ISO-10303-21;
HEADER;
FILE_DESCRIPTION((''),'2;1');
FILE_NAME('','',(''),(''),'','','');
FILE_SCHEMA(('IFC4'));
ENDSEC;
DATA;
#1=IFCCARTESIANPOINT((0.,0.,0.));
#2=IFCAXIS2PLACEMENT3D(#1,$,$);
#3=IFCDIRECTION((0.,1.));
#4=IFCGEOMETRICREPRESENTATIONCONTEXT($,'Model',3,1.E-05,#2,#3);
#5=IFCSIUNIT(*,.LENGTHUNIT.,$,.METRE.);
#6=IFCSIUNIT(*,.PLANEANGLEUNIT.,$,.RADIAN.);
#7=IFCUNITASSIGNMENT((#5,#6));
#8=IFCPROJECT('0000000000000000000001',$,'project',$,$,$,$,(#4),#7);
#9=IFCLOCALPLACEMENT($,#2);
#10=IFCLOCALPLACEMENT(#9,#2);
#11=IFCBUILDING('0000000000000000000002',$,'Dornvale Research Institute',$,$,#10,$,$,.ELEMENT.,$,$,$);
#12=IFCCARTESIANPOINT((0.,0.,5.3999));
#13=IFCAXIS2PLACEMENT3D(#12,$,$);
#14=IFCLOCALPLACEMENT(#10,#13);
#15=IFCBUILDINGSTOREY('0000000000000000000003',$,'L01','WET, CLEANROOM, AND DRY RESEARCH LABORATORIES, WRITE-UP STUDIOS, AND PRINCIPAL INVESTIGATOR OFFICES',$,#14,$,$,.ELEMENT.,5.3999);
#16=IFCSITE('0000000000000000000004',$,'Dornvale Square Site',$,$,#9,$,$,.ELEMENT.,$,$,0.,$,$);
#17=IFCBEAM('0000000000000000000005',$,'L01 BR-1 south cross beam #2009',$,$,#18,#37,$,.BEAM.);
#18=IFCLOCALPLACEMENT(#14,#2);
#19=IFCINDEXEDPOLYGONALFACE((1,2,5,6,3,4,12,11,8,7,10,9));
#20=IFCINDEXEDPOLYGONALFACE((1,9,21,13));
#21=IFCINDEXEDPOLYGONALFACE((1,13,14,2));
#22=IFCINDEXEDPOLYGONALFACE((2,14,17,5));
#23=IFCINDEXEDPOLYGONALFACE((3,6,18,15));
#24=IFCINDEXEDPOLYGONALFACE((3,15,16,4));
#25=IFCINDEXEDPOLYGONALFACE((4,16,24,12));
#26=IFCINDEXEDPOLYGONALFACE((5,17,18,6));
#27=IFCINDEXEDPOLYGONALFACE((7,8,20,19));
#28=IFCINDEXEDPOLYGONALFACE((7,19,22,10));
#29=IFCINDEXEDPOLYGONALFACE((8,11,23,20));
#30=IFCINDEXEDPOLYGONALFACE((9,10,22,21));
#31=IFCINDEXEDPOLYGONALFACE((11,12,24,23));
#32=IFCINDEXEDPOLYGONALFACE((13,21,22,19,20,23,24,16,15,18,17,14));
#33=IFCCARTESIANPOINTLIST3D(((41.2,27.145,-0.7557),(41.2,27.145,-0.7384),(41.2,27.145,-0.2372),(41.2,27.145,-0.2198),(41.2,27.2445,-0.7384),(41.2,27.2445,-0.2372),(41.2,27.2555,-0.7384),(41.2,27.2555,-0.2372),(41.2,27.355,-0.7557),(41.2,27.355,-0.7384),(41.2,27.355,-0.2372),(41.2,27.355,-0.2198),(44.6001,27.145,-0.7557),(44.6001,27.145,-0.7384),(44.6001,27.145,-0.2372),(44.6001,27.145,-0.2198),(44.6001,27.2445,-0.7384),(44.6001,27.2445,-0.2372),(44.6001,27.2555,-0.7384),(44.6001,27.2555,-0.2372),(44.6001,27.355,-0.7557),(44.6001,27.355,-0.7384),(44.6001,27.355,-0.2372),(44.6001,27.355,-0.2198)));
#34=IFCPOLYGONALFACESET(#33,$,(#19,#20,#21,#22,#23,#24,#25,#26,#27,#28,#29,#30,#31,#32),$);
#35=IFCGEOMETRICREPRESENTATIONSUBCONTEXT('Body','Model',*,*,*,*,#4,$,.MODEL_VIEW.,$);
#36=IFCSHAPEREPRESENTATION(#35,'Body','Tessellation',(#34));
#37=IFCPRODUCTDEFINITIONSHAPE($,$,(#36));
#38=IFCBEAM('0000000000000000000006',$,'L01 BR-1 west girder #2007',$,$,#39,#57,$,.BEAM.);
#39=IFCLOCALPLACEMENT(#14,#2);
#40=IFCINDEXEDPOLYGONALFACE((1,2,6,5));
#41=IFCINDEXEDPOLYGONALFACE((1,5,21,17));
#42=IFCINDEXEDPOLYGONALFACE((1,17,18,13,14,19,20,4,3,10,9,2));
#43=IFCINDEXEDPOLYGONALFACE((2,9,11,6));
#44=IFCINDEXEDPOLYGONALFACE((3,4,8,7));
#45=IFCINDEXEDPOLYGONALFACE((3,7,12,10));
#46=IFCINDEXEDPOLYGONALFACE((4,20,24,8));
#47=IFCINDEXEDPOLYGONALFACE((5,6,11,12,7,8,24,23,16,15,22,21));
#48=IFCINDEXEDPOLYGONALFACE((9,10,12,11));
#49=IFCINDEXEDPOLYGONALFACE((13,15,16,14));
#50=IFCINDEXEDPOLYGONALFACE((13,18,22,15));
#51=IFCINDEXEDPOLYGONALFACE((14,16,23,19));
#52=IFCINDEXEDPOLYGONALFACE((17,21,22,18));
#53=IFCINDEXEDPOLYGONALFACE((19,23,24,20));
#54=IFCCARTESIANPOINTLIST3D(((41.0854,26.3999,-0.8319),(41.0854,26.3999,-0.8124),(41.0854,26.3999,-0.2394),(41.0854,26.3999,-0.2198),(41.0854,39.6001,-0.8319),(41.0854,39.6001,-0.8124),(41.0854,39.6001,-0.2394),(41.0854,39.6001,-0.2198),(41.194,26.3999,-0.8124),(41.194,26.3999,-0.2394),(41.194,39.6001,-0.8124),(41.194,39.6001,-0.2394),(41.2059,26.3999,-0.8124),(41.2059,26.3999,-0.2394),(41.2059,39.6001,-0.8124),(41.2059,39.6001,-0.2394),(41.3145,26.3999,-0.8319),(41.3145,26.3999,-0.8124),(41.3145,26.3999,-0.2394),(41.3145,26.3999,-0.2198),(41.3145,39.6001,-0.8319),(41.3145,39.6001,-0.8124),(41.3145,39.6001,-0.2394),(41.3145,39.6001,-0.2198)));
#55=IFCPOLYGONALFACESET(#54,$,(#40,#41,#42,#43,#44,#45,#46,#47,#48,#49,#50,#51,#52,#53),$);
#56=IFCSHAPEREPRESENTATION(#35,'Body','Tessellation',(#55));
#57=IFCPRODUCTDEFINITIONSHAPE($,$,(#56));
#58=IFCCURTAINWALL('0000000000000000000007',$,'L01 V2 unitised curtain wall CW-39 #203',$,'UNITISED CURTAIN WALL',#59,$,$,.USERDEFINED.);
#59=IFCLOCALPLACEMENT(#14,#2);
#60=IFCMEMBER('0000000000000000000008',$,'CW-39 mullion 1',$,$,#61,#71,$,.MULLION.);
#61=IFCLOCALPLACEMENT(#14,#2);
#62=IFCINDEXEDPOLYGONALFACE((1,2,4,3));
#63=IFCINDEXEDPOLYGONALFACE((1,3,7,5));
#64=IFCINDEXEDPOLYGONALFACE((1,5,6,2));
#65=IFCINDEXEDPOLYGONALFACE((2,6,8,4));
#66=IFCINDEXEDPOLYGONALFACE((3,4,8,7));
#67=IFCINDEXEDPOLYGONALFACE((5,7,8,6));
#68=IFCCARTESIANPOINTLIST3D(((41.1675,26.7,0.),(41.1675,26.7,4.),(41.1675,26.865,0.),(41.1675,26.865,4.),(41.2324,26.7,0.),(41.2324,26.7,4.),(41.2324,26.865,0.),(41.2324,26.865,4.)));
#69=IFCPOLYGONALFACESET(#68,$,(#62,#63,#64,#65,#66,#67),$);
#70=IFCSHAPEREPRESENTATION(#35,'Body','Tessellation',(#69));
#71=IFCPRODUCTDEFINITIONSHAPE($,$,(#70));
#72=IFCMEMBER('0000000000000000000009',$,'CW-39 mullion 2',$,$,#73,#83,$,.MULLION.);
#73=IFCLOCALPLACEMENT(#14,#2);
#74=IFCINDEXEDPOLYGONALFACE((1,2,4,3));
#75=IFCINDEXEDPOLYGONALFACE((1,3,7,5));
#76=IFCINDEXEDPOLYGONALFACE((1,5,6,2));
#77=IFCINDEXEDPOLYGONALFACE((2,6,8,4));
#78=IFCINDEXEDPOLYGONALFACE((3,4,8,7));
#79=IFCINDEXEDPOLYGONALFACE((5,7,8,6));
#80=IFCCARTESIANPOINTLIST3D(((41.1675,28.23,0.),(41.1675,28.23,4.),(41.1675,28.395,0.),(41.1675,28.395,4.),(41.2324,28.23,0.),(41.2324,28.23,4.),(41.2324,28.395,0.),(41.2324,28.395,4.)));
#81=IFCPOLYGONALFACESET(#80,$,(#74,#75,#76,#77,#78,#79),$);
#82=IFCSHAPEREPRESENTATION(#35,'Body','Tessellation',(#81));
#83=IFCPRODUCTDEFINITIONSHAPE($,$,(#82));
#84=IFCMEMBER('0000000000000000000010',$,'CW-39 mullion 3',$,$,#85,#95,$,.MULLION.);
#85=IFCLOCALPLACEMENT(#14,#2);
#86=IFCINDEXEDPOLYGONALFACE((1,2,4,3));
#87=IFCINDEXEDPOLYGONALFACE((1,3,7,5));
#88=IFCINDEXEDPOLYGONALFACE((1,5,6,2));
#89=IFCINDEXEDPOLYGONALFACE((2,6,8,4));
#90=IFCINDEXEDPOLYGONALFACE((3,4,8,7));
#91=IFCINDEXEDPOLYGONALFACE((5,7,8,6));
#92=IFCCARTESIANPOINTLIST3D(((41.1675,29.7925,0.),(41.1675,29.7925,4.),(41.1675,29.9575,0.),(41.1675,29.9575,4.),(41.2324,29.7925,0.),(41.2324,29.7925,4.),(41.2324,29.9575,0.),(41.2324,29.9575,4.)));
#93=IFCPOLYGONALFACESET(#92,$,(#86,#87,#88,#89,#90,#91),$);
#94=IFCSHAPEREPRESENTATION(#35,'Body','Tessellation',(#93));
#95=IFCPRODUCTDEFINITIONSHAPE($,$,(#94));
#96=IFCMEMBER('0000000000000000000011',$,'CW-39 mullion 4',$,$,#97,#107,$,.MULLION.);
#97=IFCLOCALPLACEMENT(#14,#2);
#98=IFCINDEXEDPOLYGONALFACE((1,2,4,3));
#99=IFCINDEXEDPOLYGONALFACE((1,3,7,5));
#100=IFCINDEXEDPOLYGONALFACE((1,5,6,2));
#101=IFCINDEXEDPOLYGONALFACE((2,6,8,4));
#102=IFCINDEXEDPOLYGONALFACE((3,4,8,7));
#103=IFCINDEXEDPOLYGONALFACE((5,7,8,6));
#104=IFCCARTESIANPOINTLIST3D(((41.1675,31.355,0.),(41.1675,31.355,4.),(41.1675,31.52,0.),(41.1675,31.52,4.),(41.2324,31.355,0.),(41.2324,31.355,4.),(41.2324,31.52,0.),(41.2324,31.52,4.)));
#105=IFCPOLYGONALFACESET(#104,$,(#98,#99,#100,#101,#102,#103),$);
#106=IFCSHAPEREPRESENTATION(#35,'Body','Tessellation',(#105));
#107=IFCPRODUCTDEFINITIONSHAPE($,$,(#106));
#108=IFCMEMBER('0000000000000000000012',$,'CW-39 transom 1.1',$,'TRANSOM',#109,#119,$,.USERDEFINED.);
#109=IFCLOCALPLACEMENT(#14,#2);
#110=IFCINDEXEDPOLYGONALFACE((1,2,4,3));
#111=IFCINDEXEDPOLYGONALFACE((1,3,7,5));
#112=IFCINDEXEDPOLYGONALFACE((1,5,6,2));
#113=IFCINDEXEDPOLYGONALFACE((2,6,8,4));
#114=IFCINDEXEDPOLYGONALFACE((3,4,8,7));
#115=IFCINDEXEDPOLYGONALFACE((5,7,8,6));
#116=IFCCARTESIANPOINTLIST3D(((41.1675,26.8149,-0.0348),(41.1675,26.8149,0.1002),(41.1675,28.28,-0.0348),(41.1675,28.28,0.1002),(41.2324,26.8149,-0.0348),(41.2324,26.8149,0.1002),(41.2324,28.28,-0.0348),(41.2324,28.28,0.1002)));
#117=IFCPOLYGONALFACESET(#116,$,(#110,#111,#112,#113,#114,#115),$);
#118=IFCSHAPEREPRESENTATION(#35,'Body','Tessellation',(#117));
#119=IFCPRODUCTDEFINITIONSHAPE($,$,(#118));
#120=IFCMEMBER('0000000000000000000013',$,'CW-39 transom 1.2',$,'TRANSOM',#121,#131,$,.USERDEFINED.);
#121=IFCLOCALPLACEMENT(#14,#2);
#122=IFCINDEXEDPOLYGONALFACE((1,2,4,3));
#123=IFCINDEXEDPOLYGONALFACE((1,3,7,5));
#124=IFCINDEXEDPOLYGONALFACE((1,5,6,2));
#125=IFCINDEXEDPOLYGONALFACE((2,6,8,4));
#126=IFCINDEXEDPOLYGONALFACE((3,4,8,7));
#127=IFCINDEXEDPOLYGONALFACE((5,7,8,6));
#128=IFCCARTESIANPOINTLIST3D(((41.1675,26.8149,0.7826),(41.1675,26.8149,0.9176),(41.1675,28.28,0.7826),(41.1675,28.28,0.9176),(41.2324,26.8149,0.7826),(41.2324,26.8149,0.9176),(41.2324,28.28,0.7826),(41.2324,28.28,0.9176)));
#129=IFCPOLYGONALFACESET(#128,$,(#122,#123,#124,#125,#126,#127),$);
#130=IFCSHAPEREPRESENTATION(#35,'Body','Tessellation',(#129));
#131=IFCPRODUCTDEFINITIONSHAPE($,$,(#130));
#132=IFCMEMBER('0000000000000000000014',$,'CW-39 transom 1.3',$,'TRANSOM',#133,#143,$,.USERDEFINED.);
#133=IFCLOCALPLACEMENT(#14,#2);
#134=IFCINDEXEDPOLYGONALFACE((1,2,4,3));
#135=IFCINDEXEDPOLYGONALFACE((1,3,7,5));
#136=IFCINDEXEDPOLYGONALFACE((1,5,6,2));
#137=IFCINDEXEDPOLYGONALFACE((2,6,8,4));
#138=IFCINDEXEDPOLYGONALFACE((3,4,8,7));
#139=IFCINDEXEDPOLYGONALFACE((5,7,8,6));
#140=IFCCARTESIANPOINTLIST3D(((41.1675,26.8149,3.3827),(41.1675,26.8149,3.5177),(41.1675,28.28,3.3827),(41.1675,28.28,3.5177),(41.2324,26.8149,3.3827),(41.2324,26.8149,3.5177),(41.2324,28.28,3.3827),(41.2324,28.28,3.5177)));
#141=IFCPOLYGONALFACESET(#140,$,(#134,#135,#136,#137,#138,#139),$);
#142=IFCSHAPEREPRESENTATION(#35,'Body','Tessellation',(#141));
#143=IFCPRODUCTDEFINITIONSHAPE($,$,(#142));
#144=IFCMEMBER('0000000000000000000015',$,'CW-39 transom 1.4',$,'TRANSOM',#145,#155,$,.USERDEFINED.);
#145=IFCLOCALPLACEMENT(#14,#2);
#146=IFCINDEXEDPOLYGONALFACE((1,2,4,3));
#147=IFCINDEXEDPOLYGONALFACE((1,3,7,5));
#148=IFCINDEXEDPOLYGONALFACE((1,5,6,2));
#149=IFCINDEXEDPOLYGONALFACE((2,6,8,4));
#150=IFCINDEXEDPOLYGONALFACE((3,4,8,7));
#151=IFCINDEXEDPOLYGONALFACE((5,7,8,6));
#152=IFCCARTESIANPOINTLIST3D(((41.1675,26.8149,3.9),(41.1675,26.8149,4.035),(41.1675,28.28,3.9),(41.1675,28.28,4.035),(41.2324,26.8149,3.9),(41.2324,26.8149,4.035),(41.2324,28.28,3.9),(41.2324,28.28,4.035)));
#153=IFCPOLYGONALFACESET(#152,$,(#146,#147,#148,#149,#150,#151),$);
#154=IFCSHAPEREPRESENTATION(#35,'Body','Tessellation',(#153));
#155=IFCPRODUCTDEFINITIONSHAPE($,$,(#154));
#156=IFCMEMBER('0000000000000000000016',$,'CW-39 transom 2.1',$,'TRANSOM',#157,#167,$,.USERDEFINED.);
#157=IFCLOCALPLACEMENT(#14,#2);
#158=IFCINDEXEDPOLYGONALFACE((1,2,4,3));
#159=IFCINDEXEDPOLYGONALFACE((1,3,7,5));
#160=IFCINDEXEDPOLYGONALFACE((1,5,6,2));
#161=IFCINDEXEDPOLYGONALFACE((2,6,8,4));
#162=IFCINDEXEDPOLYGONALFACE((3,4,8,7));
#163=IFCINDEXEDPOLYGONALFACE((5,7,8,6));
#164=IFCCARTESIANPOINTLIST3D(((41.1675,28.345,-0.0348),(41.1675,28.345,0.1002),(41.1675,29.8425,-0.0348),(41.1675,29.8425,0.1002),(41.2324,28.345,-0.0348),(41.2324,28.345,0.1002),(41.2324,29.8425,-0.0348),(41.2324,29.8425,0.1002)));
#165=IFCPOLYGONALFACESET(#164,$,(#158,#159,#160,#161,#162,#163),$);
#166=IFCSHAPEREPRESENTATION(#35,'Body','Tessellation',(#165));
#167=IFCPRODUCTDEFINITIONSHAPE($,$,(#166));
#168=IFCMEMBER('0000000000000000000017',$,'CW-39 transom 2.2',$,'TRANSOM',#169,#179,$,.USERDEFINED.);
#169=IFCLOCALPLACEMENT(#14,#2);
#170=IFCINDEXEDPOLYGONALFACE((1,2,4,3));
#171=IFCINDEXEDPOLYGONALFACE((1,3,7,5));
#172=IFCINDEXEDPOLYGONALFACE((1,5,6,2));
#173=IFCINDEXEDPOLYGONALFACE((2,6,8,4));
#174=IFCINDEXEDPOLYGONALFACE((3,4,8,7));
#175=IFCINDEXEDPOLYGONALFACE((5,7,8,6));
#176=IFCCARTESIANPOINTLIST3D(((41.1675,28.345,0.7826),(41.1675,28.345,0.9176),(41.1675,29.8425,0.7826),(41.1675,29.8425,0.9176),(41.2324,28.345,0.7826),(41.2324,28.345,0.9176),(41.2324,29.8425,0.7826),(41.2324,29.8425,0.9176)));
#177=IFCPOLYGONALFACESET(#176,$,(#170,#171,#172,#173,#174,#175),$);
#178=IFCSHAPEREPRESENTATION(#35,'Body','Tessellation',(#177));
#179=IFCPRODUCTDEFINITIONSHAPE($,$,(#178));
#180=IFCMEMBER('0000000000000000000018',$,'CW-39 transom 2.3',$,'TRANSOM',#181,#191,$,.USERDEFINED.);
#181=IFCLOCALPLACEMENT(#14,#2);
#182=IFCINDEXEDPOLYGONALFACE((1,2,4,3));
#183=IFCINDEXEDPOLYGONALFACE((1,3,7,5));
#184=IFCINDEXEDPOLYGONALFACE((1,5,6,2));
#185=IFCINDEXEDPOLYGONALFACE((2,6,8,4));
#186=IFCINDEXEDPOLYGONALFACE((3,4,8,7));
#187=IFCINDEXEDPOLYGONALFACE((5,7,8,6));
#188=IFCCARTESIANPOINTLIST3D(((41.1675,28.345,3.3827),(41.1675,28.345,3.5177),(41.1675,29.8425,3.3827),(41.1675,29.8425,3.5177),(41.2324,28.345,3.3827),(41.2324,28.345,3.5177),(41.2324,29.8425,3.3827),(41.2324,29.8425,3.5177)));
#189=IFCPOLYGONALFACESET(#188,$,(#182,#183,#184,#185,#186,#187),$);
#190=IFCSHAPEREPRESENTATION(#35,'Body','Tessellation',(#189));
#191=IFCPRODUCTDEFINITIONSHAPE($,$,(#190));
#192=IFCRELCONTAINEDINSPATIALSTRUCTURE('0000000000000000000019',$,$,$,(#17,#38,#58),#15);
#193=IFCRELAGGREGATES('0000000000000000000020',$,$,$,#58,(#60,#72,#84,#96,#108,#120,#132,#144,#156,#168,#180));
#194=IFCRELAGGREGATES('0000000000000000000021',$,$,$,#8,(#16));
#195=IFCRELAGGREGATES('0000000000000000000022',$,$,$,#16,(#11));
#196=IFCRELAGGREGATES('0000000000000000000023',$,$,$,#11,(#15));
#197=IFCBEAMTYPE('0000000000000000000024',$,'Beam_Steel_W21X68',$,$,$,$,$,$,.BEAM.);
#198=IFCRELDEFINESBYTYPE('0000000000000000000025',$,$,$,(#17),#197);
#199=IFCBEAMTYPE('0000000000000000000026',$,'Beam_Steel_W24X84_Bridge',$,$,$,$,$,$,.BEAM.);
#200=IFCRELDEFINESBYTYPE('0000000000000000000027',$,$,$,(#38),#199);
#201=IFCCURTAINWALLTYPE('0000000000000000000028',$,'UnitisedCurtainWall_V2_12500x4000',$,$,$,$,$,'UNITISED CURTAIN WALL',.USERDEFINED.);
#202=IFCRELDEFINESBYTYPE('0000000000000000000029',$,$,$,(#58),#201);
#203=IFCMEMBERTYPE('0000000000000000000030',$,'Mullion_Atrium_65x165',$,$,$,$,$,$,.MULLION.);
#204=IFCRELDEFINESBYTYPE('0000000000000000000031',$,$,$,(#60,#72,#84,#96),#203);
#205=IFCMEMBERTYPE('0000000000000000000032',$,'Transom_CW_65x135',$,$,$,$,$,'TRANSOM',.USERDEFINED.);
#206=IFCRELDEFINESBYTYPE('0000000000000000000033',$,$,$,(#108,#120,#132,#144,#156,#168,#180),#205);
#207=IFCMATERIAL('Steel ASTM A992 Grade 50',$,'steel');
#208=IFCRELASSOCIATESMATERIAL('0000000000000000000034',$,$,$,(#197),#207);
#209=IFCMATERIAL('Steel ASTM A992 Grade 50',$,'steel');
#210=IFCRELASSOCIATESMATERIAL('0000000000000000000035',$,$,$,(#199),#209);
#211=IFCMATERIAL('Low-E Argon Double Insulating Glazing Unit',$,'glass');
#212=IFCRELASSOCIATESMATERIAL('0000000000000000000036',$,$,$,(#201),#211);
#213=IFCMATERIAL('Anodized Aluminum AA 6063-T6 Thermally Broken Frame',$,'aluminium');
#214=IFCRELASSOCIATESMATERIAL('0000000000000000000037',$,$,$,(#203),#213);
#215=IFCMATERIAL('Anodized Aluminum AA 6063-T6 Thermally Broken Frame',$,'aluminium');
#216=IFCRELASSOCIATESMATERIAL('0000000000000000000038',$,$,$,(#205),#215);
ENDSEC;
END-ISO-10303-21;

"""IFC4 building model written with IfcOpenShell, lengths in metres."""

from ifc_helpers import new_model, si_unit, direction, frame, origin, origin_2d, place, context, subcontext, project, spatial, rectangle, i_section, extrude, material, material_profile, profile_set, type_object, element, aggregate, save


model = new_model("IFC4")

# Units and contexts
model_context = context("Model", 3, precision=1e-05, world=origin(), true_north=direction((0.0, 1.0)))
body_context = subcontext(model_context, "Body", "Model", "MODEL_VIEW")
ifc_project = project(units=[si_unit("LENGTHUNIT", "METRE"), si_unit("PLANEANGLEUNIT", "RADIAN")], contexts=[model_context])

# Site, building, storey
site_placement = place(None, origin())
site = spatial("IfcSite", under=ifc_project, at=site_placement, Name="Dornvale Square Site", CompositionType="ELEMENT", RefElevation=0.0)
building_placement = place(site_placement, origin())
building = spatial("IfcBuilding", under=site, at=building_placement, Name="Dornvale Research Institute", CompositionType="ELEMENT")
storey_placement = place(building_placement, frame((0.0, 0.0, 5.3999)))
storey = spatial("IfcBuildingStorey", under=building, at=storey_placement, Name="L01", Description="WET, CLEANROOM, AND DRY RESEARCH LABORATORIES, WRITE-UP STUDIOS, AND PRINCIPAL INVESTIGATOR OFFICES", CompositionType="ELEMENT", Elevation=5.3999)

# Beams
ifc_material_1 = material(Name="Steel ASTM A992 Grade 50", Category="steel")
ifc_material_profile_1 = material_profile(ifc_material_1, i_section(OverallWidth=0.21, OverallDepth=0.5359, WebThickness=0.011, FlangeThickness=0.0173, at=origin_2d()), Name="W21X68")
ifc_profile_set_1 = profile_set([ifc_material_profile_1], Name="Steel ASTM A992 Grade 50")
beam_type_1 = type_object("IfcBeamType", Name="Beam_Steel_W21X68", PredefinedType="BEAM", material=ifc_profile_set_1)
beam_1_placement = place(storey_placement, frame((41.2, 27.25, -0.4878), z_axis=(1.0, 0.0, 0.0), x_axis=(0.0, 1.0, 0.0)))
element("IfcBeam", 1, at=beam_1_placement, inside=storey, type_object=beam_type_1, Name="L01 BR-1 south cross beam #2009", PredefinedType="BEAM", context=body_context, shape_type="SweptSolid", body=[
    extrude(i_section(OverallWidth=0.21, OverallDepth=0.5359, WebThickness=0.011, FlangeThickness=0.0173, at=origin_2d()), origin(), (0.0, 0.0, 1.0), 3.4001),
])
ifc_material_2 = material(Name="Steel ASTM A992 Grade 50", Category="steel")
ifc_material_profile_2 = material_profile(ifc_material_2, i_section(OverallWidth=0.229, OverallDepth=0.6121, WebThickness=0.012, FlangeThickness=0.0195, at=origin_2d()), Name="W24X84")
ifc_profile_set_2 = profile_set([ifc_material_profile_2], Name="Steel ASTM A992 Grade 50")
beam_type_2 = type_object("IfcBeamType", Name="Beam_Steel_W24X84_Bridge", PredefinedType="BEAM", material=ifc_profile_set_2)
beam_2_placement = place(storey_placement, frame((41.2, 26.3999, -0.5259), z_axis=(0.0, 1.0, 0.0), x_axis=(-1.0, 0.0, 0.0)))
element("IfcBeam", 2, at=beam_2_placement, inside=storey, type_object=beam_type_2, Name="L01 BR-1 west girder #2007", PredefinedType="BEAM", context=body_context, shape_type="SweptSolid", body=[
    extrude(i_section(OverallWidth=0.229, OverallDepth=0.6121, WebThickness=0.012, FlangeThickness=0.0195, at=origin_2d()), origin(), (0.0, 0.0, 1.0), 13.2002),
])

# Curtain wall, members
ifc_material_3 = material(Name="Low-E Argon Double Insulating Glazing Unit", Category="glass")
curtain_wall_type = type_object("IfcCurtainWallType", Name="UnitisedCurtainWall_V2_12500x4000", ElementType="UNITISED CURTAIN WALL", PredefinedType="USERDEFINED", material=ifc_material_3)
curtain_wall_placement = place(storey_placement, origin())
curtain_wall = element("IfcCurtainWall", 3, at=curtain_wall_placement, inside=storey, type_object=curtain_wall_type, Name="L01 V2 unitised curtain wall CW-39 #203", ObjectType="UNITISED CURTAIN WALL", PredefinedType="USERDEFINED")
ifc_material_4 = material(Name="Anodized Aluminum AA 6063-T6 Thermally Broken Frame", Category="aluminium")
ifc_material_profile_3 = material_profile(ifc_material_4, rectangle(XDim=0.0649, YDim=0.165, at=origin_2d()), Name="ALU MULLION 65x165")
ifc_profile_set_3 = profile_set([ifc_material_profile_3], Name="Anodized Aluminum AA 6063-T6 Thermally Broken Frame")
member_type_1 = type_object("IfcMemberType", Name="Mullion_Atrium_65x165", PredefinedType="MULLION", material=ifc_profile_set_3)
member_1_placement = place(storey_placement, frame((41.2, 26.7825, 0.0), z_axis=(0.0, 0.0, 1.0), x_axis=(-1.0, 0.0, 0.0)))
member_1 = element("IfcMember", 4, at=member_1_placement, type_object=member_type_1, Name="CW-39 mullion 1", PredefinedType="MULLION", context=body_context, shape_type="SweptSolid", body=[
    extrude(rectangle(XDim=0.0649, YDim=0.165, at=origin_2d()), origin(), (0.0, 0.0, 1.0), 4.0),
])
member_2_placement = place(storey_placement, frame((41.2, 28.3125, 0.0), z_axis=(0.0, 0.0, 1.0), x_axis=(-1.0, 0.0, 0.0)))
member_2 = element("IfcMember", 5, at=member_2_placement, type_object=member_type_1, Name="CW-39 mullion 2", PredefinedType="MULLION", context=body_context, shape_type="SweptSolid", body=[
    extrude(rectangle(XDim=0.0649, YDim=0.165, at=origin_2d()), origin(), (0.0, 0.0, 1.0), 4.0),
])
member_3_placement = place(storey_placement, frame((41.2, 29.875, 0.0), z_axis=(0.0, 0.0, 1.0), x_axis=(-1.0, 0.0, 0.0)))
member_3 = element("IfcMember", 6, at=member_3_placement, type_object=member_type_1, Name="CW-39 mullion 3", PredefinedType="MULLION", context=body_context, shape_type="SweptSolid", body=[
    extrude(rectangle(XDim=0.0649, YDim=0.165, at=origin_2d()), origin(), (0.0, 0.0, 1.0), 4.0),
])
member_4_placement = place(storey_placement, frame((41.2, 31.4375, 0.0), z_axis=(0.0, 0.0, 1.0), x_axis=(-1.0, 0.0, 0.0)))
member_4 = element("IfcMember", 7, at=member_4_placement, type_object=member_type_1, Name="CW-39 mullion 4", PredefinedType="MULLION", context=body_context, shape_type="SweptSolid", body=[
    extrude(rectangle(XDim=0.0649, YDim=0.165, at=origin_2d()), origin(), (0.0, 0.0, 1.0), 4.0),
])
ifc_material_5 = material(Name="Anodized Aluminum AA 6063-T6 Thermally Broken Frame", Category="aluminium")
ifc_material_profile_4 = material_profile(ifc_material_5, rectangle(XDim=0.0649, YDim=0.135, at=origin_2d()), Name="ALU TRANSOM 65x135")
ifc_profile_set_4 = profile_set([ifc_material_profile_4], Name="Anodized Aluminum AA 6063-T6 Thermally Broken Frame")
member_type_2 = type_object("IfcMemberType", Name="Transom_CW_65x135", ElementType="TRANSOM", PredefinedType="USERDEFINED", material=ifc_profile_set_4)
member_5_placement = place(storey_placement, frame((41.2, 26.8149, 0.0327), z_axis=(0.0, 1.0, 0.0), x_axis=(-1.0, 0.0, 0.0)))
member_5 = element("IfcMember", 8, at=member_5_placement, type_object=member_type_2, Name="CW-39 transom 1.1", ObjectType="TRANSOM", PredefinedType="USERDEFINED", context=body_context, shape_type="SweptSolid", body=[
    extrude(rectangle(XDim=0.0649, YDim=0.135, at=origin_2d()), origin(), (0.0, 0.0, 1.0), 1.4651),
])
member_6_placement = place(storey_placement, frame((41.2, 26.8149, 0.8501), z_axis=(0.0, 1.0, 0.0), x_axis=(-1.0, 0.0, 0.0)))
member_6 = element("IfcMember", 9, at=member_6_placement, type_object=member_type_2, Name="CW-39 transom 1.2", ObjectType="TRANSOM", PredefinedType="USERDEFINED", context=body_context, shape_type="SweptSolid", body=[
    extrude(rectangle(XDim=0.0649, YDim=0.135, at=origin_2d()), origin(), (0.0, 0.0, 1.0), 1.4651),
])
member_7_placement = place(storey_placement, frame((41.2, 26.8149, 3.4502), z_axis=(0.0, 1.0, 0.0), x_axis=(-1.0, 0.0, 0.0)))
member_7 = element("IfcMember", 10, at=member_7_placement, type_object=member_type_2, Name="CW-39 transom 1.3", ObjectType="TRANSOM", PredefinedType="USERDEFINED", context=body_context, shape_type="SweptSolid", body=[
    extrude(rectangle(XDim=0.0649, YDim=0.135, at=origin_2d()), origin(), (0.0, 0.0, 1.0), 1.4651),
])
member_8_placement = place(storey_placement, frame((41.2, 26.8149, 3.9675), z_axis=(0.0, 1.0, 0.0), x_axis=(-1.0, 0.0, 0.0)))
member_8 = element("IfcMember", 11, at=member_8_placement, type_object=member_type_2, Name="CW-39 transom 1.4", ObjectType="TRANSOM", PredefinedType="USERDEFINED", context=body_context, shape_type="SweptSolid", body=[
    extrude(rectangle(XDim=0.0649, YDim=0.135, at=origin_2d()), origin(), (0.0, 0.0, 1.0), 1.4651),
])
member_9_placement = place(storey_placement, frame((41.2, 28.345, 0.0327), z_axis=(0.0, 1.0, 0.0), x_axis=(-1.0, 0.0, 0.0)))
member_9 = element("IfcMember", 12, at=member_9_placement, type_object=member_type_2, Name="CW-39 transom 2.1", ObjectType="TRANSOM", PredefinedType="USERDEFINED", context=body_context, shape_type="SweptSolid", body=[
    extrude(rectangle(XDim=0.0649, YDim=0.135, at=origin_2d()), origin(), (0.0, 0.0, 1.0), 1.4976),
])
member_10_placement = place(storey_placement, frame((41.2, 28.345, 0.8501), z_axis=(0.0, 1.0, 0.0), x_axis=(-1.0, 0.0, 0.0)))
member_10 = element("IfcMember", 13, at=member_10_placement, type_object=member_type_2, Name="CW-39 transom 2.2", ObjectType="TRANSOM", PredefinedType="USERDEFINED", context=body_context, shape_type="SweptSolid", body=[
    extrude(rectangle(XDim=0.0649, YDim=0.135, at=origin_2d()), origin(), (0.0, 0.0, 1.0), 1.4976),
])
member_11_placement = place(storey_placement, frame((41.2, 28.345, 3.4502), z_axis=(0.0, 1.0, 0.0), x_axis=(-1.0, 0.0, 0.0)))
member_11 = element("IfcMember", 14, at=member_11_placement, type_object=member_type_2, Name="CW-39 transom 2.3", ObjectType="TRANSOM", PredefinedType="USERDEFINED", context=body_context, shape_type="SweptSolid", body=[
    extrude(rectangle(XDim=0.0649, YDim=0.135, at=origin_2d()), origin(), (0.0, 0.0, 1.0), 1.4976),
])
aggregate(curtain_wall, [member_1, member_2, member_3, member_4, member_5, member_6, member_7, member_8, member_9, member_10, member_11])

save(model, "model.ifc")
